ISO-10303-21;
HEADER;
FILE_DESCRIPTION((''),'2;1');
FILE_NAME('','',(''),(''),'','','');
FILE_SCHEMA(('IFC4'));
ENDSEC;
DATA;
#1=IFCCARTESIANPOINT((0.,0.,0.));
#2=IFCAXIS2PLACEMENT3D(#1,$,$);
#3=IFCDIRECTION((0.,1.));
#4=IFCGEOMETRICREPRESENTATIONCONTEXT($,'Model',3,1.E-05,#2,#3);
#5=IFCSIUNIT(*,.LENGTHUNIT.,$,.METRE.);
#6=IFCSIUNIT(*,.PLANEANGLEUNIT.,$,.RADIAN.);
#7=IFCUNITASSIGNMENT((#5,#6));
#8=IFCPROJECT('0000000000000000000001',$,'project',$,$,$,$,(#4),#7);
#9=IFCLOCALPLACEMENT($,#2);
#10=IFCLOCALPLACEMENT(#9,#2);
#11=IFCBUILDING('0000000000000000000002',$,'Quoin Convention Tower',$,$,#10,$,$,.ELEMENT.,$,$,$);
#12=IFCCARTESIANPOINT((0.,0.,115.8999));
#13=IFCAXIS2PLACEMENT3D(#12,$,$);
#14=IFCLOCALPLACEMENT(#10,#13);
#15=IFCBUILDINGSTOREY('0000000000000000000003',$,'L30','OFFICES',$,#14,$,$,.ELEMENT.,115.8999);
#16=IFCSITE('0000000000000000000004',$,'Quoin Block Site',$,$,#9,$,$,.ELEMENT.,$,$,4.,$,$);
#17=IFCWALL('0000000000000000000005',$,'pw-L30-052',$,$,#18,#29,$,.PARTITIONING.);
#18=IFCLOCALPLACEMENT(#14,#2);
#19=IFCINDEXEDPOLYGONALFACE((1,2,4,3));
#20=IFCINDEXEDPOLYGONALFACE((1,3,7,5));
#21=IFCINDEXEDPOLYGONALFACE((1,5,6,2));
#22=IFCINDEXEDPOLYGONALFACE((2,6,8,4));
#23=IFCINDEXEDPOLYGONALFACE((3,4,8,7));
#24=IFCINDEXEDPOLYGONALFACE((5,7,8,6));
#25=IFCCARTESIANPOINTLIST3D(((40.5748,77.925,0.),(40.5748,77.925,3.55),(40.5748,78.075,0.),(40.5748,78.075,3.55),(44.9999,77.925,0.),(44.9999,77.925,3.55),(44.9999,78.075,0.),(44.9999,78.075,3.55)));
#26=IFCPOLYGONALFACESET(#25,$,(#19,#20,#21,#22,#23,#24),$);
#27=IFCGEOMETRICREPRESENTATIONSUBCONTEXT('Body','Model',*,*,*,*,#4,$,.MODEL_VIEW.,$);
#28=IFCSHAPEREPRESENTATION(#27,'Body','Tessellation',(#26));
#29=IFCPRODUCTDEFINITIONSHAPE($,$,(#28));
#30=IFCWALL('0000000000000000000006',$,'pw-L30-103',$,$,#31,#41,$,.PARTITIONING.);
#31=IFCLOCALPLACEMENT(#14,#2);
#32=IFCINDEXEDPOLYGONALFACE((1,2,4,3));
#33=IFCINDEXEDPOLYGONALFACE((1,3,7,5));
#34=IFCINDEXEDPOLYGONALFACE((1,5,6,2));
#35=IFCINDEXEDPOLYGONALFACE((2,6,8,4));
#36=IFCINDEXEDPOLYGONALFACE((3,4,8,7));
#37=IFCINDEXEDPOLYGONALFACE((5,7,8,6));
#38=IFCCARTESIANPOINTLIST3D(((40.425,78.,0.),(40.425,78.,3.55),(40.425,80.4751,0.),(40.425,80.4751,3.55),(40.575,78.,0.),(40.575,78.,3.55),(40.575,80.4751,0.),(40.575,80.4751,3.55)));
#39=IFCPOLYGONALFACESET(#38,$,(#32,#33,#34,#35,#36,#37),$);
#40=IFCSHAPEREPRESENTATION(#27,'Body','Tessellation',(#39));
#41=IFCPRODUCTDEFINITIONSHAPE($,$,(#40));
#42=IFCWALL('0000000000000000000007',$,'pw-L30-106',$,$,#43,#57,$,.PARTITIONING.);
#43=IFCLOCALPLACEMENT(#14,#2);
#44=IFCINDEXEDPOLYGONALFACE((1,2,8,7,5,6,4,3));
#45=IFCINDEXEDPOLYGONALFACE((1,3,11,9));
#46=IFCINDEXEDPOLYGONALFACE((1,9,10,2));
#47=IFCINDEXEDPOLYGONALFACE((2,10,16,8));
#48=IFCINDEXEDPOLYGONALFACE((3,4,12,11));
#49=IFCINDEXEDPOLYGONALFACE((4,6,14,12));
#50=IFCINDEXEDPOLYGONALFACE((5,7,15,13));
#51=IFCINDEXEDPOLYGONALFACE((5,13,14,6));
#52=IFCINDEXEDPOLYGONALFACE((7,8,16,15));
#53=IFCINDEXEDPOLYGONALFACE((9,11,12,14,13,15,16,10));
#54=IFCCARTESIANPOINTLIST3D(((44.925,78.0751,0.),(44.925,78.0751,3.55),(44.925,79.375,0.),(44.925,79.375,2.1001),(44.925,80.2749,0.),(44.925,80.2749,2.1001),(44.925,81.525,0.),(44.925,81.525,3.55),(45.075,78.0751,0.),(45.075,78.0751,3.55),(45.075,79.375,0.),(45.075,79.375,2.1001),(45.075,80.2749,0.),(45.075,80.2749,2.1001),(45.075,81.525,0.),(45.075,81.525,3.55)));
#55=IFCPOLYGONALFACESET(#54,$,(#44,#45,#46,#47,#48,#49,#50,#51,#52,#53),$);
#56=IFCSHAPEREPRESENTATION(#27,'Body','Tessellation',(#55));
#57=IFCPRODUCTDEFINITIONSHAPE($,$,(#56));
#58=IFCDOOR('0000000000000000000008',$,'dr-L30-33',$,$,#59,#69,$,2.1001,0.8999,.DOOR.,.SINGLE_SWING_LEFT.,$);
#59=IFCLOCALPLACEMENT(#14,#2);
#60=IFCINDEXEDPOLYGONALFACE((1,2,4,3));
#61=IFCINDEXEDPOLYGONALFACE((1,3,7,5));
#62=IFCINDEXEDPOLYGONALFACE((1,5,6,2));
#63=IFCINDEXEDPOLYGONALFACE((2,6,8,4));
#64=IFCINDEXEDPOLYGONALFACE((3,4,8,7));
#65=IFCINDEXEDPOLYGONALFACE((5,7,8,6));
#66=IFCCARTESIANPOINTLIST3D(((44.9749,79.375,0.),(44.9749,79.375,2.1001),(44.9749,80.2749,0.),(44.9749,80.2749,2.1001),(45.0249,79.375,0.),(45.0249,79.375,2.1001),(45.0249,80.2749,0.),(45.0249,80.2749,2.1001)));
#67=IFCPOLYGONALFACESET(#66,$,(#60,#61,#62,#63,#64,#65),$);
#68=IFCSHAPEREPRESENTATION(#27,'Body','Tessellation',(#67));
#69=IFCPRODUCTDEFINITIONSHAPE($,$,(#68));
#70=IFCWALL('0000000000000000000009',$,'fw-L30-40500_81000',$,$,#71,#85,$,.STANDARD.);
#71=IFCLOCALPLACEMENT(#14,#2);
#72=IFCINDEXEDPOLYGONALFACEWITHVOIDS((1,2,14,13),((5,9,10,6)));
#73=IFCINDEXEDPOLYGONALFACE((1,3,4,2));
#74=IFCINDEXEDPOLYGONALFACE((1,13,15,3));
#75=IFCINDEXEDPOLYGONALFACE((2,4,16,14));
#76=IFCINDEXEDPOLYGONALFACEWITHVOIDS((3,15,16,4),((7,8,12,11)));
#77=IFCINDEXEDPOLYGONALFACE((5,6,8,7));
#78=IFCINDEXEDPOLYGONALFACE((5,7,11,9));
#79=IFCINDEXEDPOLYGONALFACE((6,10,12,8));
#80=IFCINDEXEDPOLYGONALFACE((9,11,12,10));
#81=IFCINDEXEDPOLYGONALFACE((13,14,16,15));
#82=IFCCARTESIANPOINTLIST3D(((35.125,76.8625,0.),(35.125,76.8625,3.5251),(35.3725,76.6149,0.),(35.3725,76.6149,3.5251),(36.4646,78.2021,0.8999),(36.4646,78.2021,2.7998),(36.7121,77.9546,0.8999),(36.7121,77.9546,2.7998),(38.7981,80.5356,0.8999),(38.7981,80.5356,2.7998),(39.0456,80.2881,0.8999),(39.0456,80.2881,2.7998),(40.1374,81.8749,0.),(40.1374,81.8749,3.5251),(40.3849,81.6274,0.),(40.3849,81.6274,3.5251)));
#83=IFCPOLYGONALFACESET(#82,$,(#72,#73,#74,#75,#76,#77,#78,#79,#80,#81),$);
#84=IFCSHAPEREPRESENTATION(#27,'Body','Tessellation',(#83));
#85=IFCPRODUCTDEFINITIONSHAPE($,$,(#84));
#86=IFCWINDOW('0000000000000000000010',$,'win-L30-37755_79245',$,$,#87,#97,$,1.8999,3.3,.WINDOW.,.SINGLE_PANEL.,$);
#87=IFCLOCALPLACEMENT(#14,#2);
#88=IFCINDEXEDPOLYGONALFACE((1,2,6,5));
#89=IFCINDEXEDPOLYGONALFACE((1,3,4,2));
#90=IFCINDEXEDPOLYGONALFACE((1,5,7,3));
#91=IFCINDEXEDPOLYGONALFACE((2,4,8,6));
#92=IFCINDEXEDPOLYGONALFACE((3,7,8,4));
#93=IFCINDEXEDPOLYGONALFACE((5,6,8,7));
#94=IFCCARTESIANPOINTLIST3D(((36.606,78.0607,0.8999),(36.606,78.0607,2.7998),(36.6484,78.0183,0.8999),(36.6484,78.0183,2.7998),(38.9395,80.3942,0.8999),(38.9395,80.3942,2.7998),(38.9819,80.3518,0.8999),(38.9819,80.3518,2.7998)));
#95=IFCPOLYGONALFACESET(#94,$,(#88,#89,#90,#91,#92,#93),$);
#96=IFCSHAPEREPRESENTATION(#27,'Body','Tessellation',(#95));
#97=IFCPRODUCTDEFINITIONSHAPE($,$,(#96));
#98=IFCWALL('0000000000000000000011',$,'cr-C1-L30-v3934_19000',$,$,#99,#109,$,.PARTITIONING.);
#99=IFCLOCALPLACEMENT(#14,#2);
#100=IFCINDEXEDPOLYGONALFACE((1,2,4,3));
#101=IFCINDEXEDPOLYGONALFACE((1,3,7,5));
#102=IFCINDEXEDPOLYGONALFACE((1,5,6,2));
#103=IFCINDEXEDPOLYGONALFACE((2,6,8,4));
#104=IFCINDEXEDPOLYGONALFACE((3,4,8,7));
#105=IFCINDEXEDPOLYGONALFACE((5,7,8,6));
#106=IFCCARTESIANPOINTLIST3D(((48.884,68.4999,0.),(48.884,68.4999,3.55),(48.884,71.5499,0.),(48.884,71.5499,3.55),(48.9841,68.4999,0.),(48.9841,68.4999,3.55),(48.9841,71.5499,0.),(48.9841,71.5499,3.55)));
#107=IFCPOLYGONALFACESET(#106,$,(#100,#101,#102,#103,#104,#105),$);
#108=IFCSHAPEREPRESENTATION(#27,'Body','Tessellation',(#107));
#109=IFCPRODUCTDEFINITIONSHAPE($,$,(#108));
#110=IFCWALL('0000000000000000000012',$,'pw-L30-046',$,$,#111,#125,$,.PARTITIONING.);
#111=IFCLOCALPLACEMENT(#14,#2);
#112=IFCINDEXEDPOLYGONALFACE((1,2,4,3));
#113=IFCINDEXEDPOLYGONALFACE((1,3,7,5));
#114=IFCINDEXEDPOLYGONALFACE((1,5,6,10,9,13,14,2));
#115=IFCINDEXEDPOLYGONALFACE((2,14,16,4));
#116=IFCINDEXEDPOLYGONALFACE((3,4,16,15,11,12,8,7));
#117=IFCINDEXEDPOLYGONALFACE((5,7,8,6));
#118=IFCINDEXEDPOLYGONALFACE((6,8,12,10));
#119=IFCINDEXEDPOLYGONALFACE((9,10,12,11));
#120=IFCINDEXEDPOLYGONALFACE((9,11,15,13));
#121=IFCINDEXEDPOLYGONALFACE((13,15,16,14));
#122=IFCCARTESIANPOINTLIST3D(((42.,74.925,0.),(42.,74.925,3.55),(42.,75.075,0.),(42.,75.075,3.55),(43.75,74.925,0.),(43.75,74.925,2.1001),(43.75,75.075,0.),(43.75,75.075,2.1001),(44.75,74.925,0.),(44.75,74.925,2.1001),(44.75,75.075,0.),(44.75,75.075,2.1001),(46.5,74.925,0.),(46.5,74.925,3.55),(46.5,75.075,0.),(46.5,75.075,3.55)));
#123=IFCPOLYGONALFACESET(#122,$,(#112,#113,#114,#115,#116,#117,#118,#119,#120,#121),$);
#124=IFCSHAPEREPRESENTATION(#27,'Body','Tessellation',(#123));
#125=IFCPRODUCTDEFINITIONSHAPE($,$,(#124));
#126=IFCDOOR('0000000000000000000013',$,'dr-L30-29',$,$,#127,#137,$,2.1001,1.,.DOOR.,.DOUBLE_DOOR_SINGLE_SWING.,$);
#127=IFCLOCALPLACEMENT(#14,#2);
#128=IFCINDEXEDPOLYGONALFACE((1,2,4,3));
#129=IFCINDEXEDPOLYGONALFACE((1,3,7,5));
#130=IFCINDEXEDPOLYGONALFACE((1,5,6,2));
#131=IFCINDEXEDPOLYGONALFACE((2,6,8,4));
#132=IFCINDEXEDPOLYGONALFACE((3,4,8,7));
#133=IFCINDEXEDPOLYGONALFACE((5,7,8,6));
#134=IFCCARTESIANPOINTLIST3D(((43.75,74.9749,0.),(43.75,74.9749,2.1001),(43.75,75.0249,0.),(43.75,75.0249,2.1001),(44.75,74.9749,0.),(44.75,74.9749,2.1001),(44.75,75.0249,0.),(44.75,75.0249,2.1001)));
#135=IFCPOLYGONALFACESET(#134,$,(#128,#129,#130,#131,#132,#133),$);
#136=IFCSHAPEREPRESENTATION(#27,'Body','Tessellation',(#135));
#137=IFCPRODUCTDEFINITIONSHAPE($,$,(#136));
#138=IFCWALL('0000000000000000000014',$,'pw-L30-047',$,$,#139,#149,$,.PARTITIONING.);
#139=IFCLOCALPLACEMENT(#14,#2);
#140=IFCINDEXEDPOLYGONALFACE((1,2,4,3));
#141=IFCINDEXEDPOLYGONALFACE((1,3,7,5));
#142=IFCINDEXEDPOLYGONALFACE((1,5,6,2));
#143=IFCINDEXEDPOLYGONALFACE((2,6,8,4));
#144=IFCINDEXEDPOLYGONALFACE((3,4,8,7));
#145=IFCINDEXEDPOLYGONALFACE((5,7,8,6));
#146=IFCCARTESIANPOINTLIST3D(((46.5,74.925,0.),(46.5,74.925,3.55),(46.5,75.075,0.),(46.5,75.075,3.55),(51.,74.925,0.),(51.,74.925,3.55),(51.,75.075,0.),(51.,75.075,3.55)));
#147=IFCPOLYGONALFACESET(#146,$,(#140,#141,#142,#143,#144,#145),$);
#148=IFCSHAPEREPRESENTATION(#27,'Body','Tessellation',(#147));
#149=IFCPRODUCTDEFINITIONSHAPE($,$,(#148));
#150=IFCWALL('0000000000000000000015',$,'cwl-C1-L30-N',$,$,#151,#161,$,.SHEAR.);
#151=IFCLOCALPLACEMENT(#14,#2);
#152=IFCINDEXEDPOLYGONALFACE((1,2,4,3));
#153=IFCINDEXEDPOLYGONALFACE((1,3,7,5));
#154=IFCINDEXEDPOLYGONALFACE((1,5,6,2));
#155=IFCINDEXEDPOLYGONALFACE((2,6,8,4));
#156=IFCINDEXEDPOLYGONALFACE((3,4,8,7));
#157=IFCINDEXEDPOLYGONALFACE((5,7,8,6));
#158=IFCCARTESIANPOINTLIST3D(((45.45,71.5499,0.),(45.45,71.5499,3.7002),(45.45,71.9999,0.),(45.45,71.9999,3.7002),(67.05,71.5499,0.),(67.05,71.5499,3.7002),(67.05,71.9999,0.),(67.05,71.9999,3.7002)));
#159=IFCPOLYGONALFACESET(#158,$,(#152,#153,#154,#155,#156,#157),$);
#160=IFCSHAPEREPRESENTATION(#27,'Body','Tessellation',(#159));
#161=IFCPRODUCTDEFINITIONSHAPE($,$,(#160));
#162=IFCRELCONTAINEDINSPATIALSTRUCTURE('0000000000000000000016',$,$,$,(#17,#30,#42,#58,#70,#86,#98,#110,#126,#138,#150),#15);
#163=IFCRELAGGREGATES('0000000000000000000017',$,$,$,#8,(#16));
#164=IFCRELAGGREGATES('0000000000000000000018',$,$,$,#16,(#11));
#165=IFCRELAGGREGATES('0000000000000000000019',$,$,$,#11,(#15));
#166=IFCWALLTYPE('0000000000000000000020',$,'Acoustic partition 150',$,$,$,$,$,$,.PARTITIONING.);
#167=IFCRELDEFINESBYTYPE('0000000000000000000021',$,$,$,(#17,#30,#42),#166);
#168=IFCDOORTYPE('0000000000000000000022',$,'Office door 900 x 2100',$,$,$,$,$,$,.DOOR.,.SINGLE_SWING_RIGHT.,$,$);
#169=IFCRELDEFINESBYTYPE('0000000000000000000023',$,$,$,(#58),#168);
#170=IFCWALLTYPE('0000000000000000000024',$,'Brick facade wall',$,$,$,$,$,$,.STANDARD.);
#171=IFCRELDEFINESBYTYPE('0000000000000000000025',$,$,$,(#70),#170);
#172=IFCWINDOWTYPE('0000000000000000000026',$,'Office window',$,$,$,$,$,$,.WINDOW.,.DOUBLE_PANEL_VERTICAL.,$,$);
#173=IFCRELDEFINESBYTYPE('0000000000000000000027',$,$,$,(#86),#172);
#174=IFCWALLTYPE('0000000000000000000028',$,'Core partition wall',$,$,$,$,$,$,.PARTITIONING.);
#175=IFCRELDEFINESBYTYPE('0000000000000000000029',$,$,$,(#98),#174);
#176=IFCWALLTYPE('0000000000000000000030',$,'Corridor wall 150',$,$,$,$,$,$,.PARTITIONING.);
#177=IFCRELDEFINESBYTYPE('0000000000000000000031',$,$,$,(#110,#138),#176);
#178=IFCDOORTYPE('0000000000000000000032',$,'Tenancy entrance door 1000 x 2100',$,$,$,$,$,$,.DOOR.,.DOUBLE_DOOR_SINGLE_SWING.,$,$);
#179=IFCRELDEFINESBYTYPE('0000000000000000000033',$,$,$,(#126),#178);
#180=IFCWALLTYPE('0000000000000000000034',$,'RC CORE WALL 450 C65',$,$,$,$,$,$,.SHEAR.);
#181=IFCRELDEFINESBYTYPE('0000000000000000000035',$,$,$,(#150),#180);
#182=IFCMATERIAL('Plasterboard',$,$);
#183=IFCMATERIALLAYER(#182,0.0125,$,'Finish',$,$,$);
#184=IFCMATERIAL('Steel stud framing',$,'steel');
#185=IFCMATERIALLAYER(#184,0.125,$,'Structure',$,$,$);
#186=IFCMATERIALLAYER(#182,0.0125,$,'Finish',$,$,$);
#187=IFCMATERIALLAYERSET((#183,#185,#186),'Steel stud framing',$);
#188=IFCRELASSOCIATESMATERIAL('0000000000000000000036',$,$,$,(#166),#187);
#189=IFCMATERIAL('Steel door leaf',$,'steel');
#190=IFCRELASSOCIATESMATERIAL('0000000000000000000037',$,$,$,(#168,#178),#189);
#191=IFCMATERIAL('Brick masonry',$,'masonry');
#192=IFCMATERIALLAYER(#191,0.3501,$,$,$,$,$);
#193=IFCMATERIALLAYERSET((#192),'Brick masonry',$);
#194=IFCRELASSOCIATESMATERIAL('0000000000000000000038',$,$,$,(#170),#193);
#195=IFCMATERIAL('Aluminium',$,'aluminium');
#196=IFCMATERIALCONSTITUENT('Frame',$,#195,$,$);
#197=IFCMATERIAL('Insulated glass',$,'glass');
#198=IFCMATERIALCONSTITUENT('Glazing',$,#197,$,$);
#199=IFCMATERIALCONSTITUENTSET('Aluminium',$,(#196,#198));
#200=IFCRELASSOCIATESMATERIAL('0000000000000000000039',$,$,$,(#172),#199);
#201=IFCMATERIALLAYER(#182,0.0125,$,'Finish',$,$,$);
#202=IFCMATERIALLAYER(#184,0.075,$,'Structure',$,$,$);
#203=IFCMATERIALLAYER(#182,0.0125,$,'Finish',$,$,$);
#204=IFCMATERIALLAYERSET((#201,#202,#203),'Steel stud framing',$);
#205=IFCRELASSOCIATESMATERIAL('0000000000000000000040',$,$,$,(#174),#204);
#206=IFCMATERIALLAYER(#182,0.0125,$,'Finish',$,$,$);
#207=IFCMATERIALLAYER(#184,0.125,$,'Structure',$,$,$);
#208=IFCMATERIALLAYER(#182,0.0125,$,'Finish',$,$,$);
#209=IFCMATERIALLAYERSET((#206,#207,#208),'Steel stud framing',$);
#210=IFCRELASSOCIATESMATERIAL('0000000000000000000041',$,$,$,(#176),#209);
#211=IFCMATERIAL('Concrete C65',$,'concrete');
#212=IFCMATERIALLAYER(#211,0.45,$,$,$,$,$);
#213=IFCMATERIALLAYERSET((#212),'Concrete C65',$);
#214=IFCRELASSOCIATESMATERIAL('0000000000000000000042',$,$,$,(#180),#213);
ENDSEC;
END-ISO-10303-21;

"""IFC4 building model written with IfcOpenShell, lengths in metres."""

from ifc_helpers import new_model, si_unit, direction, frame, frame_2d, origin, place, context, subcontext, project, spatial, rectangle, extrude, material, layer, layer_set, constituent, constituent_set, type_object, element, fill, save


model = new_model("IFC4")

# Units and contexts
model_context = context("Model", 3, precision=1e-05, world=origin(), true_north=direction((0.0, 1.0)))
body_context = subcontext(model_context, "Body", "Model", "MODEL_VIEW")
ifc_project = project(units=[si_unit("LENGTHUNIT", "METRE"), si_unit("PLANEANGLEUNIT", "RADIAN")], contexts=[model_context])

# Site, building, storey
site_placement = place(None, origin())
site = spatial("IfcSite", under=ifc_project, at=site_placement, Name="Quoin Block Site", CompositionType="ELEMENT", RefElevation=4.0)
building_placement = place(site_placement, origin())
building = spatial("IfcBuilding", under=site, at=building_placement, Name="Quoin Convention Tower", CompositionType="ELEMENT")
storey_placement = place(building_placement, frame((0.0, 0.0, 115.8999)))
storey = spatial("IfcBuildingStorey", under=building, at=storey_placement, Name="L30", Description="OFFICES", CompositionType="ELEMENT", Elevation=115.8999)

# Shared definitions
ifc_material_1 = material(Name="Concrete C65", Category="concrete")

# Walls
ifc_material_2 = material(Name="Plasterboard")
ifc_layer_1 = layer(ifc_material_2, 0.0125, Name="Finish")
ifc_material_3 = material(Name="Steel stud framing", Category="steel")
ifc_layer_2 = layer(ifc_material_3, 0.125, Name="Structure")
ifc_layer_3 = layer(ifc_material_2, 0.0125, Name="Finish")
ifc_layer_set_1 = layer_set([ifc_layer_1, ifc_layer_2, ifc_layer_3], Name="Steel stud framing")
wall_type_1 = type_object("IfcWallType", Name="Acoustic partition 150", PredefinedType="PARTITIONING", material=ifc_layer_set_1)
wall_1_placement = place(storey_placement, frame((40.575, 78.0, 0.0), z_axis=(0.0, 0.0, 1.0), x_axis=(1.0, 0.0, 0.0)))
element("IfcWall", 1, at=wall_1_placement, inside=storey, type_object=wall_type_1, Name="pw-L30-052", PredefinedType="PARTITIONING", context=body_context, shape_type="SweptSolid", body=[
    extrude(rectangle(XDim=4.425, YDim=0.1499, at=frame_2d((2.2124, 0.0))), origin(), (0.0, 0.0, 1.0), 3.55),
])
wall_2_placement = place(storey_placement, frame((40.5, 78.0, 0.0), z_axis=(0.0, 0.0, 1.0), x_axis=(0.0, 1.0, 0.0)))
element("IfcWall", 2, at=wall_2_placement, inside=storey, type_object=wall_type_1, Name="pw-L30-103", PredefinedType="PARTITIONING", context=body_context, shape_type="SweptSolid", body=[
    extrude(rectangle(XDim=2.4751, YDim=0.1499, at=frame_2d((1.2375, 0.0))), origin(), (0.0, 0.0, 1.0), 3.55),
])

# Wall, opening, door
wall_3_placement = place(storey_placement, frame((45.0, 78.075, 0.0), z_axis=(0.0, 0.0, 1.0), x_axis=(0.0, 1.0, 0.0)))
wall_3 = element("IfcWall", 3, at=wall_3_placement, inside=storey, type_object=wall_type_1, Name="pw-L30-106", PredefinedType="PARTITIONING", context=body_context, shape_type="SweptSolid", body=[
    extrude(rectangle(XDim=3.45, YDim=0.1499, at=frame_2d((1.7251, 0.0))), origin(), (0.0, 0.0, 1.0), 3.55),
])
opening_1_placement = place(wall_3_placement, frame((1.3, 0.0, 0.0)))
opening_1 = element("IfcOpeningElement", 4, at=opening_1_placement, cuts=wall_3, PredefinedType="OPENING", context=body_context, shape_type="SweptSolid", body=[
    extrude(rectangle(XDim=0.8999, YDim=2.1001, at=frame_2d((0.45, 1.05))), frame((0.0, 0.085, 0.0), z_axis=(0.0, -1.0, 0.0), x_axis=(1.0, 0.0, 0.0)), (0.0, 0.0, 1.0), 0.1699),
])
ifc_material_4 = material(Name="Steel door leaf", Category="steel")
door_type_1 = type_object("IfcDoorType", Name="Office door 900 x 2100", OperationType="SINGLE_SWING_RIGHT", PredefinedType="DOOR", material=ifc_material_4)
door_1_placement = place(opening_1_placement, frame((0.8999, 0.0, 0.0), z_axis=(0.0, 0.0, 1.0), x_axis=(-1.0, 0.0, 0.0)))
door_1 = element("IfcDoor", 5, at=door_1_placement, inside=storey, type_object=door_type_1, Name="dr-L30-33", OperationType="SINGLE_SWING_LEFT", OverallHeight=2.1001, OverallWidth=0.8999, PredefinedType="DOOR", context=body_context, shape_type="SweptSolid", body=[
    extrude(rectangle(XDim=0.8999, YDim=2.1001, at=frame_2d((0.45, 1.05))), frame((0.0, 0.0249, 0.0), z_axis=(0.0, -1.0, 0.0), x_axis=(1.0, 0.0, 0.0)), (0.0, 0.0, 1.0), 0.05),
])
fill(opening_1, door_1)

# Wall, opening, window
ifc_material_5 = material(Name="Brick masonry", Category="masonry")
ifc_layer_4 = layer(ifc_material_5, 0.3501)
ifc_layer_set_2 = layer_set([ifc_layer_4], Name="Brick masonry")
wall_type_2 = type_object("IfcWallType", Name="Brick facade wall", PredefinedType="STANDARD", material=ifc_layer_set_2)
wall_4_placement = place(storey_placement, frame((40.2612, 81.7512, 0.0), z_axis=(0.0, 0.0, 1.0), x_axis=(-0.707107, -0.707107, 0.0)))
wall_4 = element("IfcWall", 6, at=wall_4_placement, inside=storey, type_object=wall_type_2, Name="fw-L30-40500_81000", PredefinedType="STANDARD", context=body_context, shape_type="SweptSolid", body=[
    extrude(rectangle(XDim=7.0886, YDim=0.3501, at=frame_2d((3.5444, 0.0))), origin(), (0.0, 0.0, 1.0), 3.5251),
])
opening_2_placement = place(wall_4_placement, frame((1.8943, 0.0, 0.8999)))
opening_2 = element("IfcOpeningElement", 7, at=opening_2_placement, cuts=wall_4, PredefinedType="OPENING", context=body_context, shape_type="SweptSolid", body=[
    extrude(rectangle(XDim=3.3, YDim=1.8999, at=frame_2d((1.6499, 0.95))), frame((0.0, 0.1851, 0.0), z_axis=(0.0, -1.0, 0.0), x_axis=(1.0, 0.0, 0.0)), (0.0, 0.0, 1.0), 0.3701),
])
ifc_material_6 = material(Name="Aluminium", Category="aluminium")
ifc_constituent_1 = constituent(ifc_material_6, Name="Frame")
ifc_material_7 = material(Name="Insulated glass", Category="glass")
ifc_constituent_2 = constituent(ifc_material_7, Name="Glazing")
ifc_constituent_set = constituent_set(constituents=[ifc_constituent_1, ifc_constituent_2], Name="Aluminium")
window_type = type_object("IfcWindowType", Name="Office window", PartitioningType="DOUBLE_PANEL_VERTICAL", PredefinedType="WINDOW", material=ifc_constituent_set)
window_placement = place(opening_2_placement, origin())
window = element("IfcWindow", 8, at=window_placement, inside=storey, type_object=window_type, Name="win-L30-37755_79245", OverallHeight=1.8999, OverallWidth=3.3, PartitioningType="SINGLE_PANEL", PredefinedType="WINDOW", context=body_context, shape_type="SweptSolid", body=[
    extrude(rectangle(XDim=3.3, YDim=1.8999, at=frame_2d((1.6499, 0.95))), frame((0.0, 0.085, 0.0), z_axis=(0.0, -1.0, 0.0), x_axis=(1.0, 0.0, 0.0)), (0.0, 0.0, 1.0), 0.0601),
])
fill(opening_2, window)

# Wall
ifc_layer_5 = layer(ifc_material_2, 0.0125, Name="Finish")
ifc_layer_6 = layer(ifc_material_3, 0.075, Name="Structure")
ifc_layer_7 = layer(ifc_material_2, 0.0125, Name="Finish")
ifc_layer_set_3 = layer_set([ifc_layer_5, ifc_layer_6, ifc_layer_7], Name="Steel stud framing")
wall_type_3 = type_object("IfcWallType", Name="Core partition wall", PredefinedType="PARTITIONING", material=ifc_layer_set_3)
wall_5_placement = place(storey_placement, frame((48.9341, 68.5, 0.0), z_axis=(0.0, 0.0, 1.0), x_axis=(0.0, 1.0, 0.0)))
element("IfcWall", 9, at=wall_5_placement, inside=storey, type_object=wall_type_3, Name="cr-C1-L30-v3934_19000", PredefinedType="PARTITIONING", context=body_context, shape_type="SweptSolid", body=[
    extrude(rectangle(XDim=3.05, YDim=0.1001, at=frame_2d((1.5249, 0.0))), origin(), (0.0, 0.0, 1.0), 3.55),
])

# Wall, opening, door
ifc_layer_8 = layer(ifc_material_2, 0.0125, Name="Finish")
ifc_layer_9 = layer(ifc_material_3, 0.125, Name="Structure")
ifc_layer_10 = layer(ifc_material_2, 0.0125, Name="Finish")
ifc_layer_set_4 = layer_set([ifc_layer_8, ifc_layer_9, ifc_layer_10], Name="Steel stud framing")
wall_type_4 = type_object("IfcWallType", Name="Corridor wall 150", PredefinedType="PARTITIONING", material=ifc_layer_set_4)
wall_6_placement = place(storey_placement, frame((42.0, 75.0, 0.0), z_axis=(0.0, 0.0, 1.0), x_axis=(1.0, 0.0, 0.0)))
wall_6 = element("IfcWall", 10, at=wall_6_placement, inside=storey, type_object=wall_type_4, Name="pw-L30-046", PredefinedType="PARTITIONING", context=body_context, shape_type="SweptSolid", body=[
    extrude(rectangle(XDim=4.5, YDim=0.1499, at=frame_2d((2.25, 0.0))), origin(), (0.0, 0.0, 1.0), 3.55),
])
opening_3_placement = place(wall_6_placement, frame((1.75, 0.0, 0.0)))
opening_3 = element("IfcOpeningElement", 11, at=opening_3_placement, cuts=wall_6, PredefinedType="OPENING", context=body_context, shape_type="SweptSolid", body=[
    extrude(rectangle(XDim=1.0, YDim=2.1001, at=frame_2d((0.5, 1.05))), frame((0.0, 0.085, 0.0), z_axis=(0.0, -1.0, 0.0), x_axis=(1.0, 0.0, 0.0)), (0.0, 0.0, 1.0), 0.1699),
])
door_type_2 = type_object("IfcDoorType", Name="Tenancy entrance door 1000 x 2100", OperationType="DOUBLE_DOOR_SINGLE_SWING", PredefinedType="DOOR", material=ifc_material_4)
door_2_placement = place(opening_3_placement, origin())
door_2 = element("IfcDoor", 12, at=door_2_placement, inside=storey, type_object=door_type_2, Name="dr-L30-29", OperationType="DOUBLE_DOOR_SINGLE_SWING", OverallHeight=2.1001, OverallWidth=1.0, PredefinedType="DOOR", context=body_context, shape_type="SweptSolid", body=[
    extrude(rectangle(XDim=1.0, YDim=2.1001, at=frame_2d((0.5, 1.05))), frame((0.0, 0.0249, 0.0), z_axis=(0.0, -1.0, 0.0), x_axis=(1.0, 0.0, 0.0)), (0.0, 0.0, 1.0), 0.05),
])
fill(opening_3, door_2)

# Walls
wall_7_placement = place(storey_placement, frame((46.5, 75.0, 0.0), z_axis=(0.0, 0.0, 1.0), x_axis=(1.0, 0.0, 0.0)))
element("IfcWall", 13, at=wall_7_placement, inside=storey, type_object=wall_type_4, Name="pw-L30-047", PredefinedType="PARTITIONING", context=body_context, shape_type="SweptSolid", body=[
    extrude(rectangle(XDim=4.5, YDim=0.1499, at=frame_2d((2.25, 0.0))), origin(), (0.0, 0.0, 1.0), 3.55),
])
ifc_layer_11 = layer(ifc_material_1, 0.45)
ifc_layer_set_5 = layer_set([ifc_layer_11], Name="Concrete C65")
wall_type_5 = type_object("IfcWallType", Name="RC CORE WALL 450 C65", PredefinedType="SHEAR", material=ifc_layer_set_5)
wall_8_placement = place(storey_placement, frame((45.45, 71.7749, 0.0), z_axis=(0.0, 0.0, 1.0), x_axis=(1.0, 0.0, 0.0)))
element("IfcWall", 14, at=wall_8_placement, inside=storey, type_object=wall_type_5, Name="cwl-C1-L30-N", PredefinedType="SHEAR", context=body_context, shape_type="SweptSolid", body=[
    extrude(rectangle(XDim=21.6001, YDim=0.45, at=frame_2d((10.8, 0.0))), origin(), (0.0, 0.0, 1.0), 3.7002),
])

save(model, "model.ifc")
